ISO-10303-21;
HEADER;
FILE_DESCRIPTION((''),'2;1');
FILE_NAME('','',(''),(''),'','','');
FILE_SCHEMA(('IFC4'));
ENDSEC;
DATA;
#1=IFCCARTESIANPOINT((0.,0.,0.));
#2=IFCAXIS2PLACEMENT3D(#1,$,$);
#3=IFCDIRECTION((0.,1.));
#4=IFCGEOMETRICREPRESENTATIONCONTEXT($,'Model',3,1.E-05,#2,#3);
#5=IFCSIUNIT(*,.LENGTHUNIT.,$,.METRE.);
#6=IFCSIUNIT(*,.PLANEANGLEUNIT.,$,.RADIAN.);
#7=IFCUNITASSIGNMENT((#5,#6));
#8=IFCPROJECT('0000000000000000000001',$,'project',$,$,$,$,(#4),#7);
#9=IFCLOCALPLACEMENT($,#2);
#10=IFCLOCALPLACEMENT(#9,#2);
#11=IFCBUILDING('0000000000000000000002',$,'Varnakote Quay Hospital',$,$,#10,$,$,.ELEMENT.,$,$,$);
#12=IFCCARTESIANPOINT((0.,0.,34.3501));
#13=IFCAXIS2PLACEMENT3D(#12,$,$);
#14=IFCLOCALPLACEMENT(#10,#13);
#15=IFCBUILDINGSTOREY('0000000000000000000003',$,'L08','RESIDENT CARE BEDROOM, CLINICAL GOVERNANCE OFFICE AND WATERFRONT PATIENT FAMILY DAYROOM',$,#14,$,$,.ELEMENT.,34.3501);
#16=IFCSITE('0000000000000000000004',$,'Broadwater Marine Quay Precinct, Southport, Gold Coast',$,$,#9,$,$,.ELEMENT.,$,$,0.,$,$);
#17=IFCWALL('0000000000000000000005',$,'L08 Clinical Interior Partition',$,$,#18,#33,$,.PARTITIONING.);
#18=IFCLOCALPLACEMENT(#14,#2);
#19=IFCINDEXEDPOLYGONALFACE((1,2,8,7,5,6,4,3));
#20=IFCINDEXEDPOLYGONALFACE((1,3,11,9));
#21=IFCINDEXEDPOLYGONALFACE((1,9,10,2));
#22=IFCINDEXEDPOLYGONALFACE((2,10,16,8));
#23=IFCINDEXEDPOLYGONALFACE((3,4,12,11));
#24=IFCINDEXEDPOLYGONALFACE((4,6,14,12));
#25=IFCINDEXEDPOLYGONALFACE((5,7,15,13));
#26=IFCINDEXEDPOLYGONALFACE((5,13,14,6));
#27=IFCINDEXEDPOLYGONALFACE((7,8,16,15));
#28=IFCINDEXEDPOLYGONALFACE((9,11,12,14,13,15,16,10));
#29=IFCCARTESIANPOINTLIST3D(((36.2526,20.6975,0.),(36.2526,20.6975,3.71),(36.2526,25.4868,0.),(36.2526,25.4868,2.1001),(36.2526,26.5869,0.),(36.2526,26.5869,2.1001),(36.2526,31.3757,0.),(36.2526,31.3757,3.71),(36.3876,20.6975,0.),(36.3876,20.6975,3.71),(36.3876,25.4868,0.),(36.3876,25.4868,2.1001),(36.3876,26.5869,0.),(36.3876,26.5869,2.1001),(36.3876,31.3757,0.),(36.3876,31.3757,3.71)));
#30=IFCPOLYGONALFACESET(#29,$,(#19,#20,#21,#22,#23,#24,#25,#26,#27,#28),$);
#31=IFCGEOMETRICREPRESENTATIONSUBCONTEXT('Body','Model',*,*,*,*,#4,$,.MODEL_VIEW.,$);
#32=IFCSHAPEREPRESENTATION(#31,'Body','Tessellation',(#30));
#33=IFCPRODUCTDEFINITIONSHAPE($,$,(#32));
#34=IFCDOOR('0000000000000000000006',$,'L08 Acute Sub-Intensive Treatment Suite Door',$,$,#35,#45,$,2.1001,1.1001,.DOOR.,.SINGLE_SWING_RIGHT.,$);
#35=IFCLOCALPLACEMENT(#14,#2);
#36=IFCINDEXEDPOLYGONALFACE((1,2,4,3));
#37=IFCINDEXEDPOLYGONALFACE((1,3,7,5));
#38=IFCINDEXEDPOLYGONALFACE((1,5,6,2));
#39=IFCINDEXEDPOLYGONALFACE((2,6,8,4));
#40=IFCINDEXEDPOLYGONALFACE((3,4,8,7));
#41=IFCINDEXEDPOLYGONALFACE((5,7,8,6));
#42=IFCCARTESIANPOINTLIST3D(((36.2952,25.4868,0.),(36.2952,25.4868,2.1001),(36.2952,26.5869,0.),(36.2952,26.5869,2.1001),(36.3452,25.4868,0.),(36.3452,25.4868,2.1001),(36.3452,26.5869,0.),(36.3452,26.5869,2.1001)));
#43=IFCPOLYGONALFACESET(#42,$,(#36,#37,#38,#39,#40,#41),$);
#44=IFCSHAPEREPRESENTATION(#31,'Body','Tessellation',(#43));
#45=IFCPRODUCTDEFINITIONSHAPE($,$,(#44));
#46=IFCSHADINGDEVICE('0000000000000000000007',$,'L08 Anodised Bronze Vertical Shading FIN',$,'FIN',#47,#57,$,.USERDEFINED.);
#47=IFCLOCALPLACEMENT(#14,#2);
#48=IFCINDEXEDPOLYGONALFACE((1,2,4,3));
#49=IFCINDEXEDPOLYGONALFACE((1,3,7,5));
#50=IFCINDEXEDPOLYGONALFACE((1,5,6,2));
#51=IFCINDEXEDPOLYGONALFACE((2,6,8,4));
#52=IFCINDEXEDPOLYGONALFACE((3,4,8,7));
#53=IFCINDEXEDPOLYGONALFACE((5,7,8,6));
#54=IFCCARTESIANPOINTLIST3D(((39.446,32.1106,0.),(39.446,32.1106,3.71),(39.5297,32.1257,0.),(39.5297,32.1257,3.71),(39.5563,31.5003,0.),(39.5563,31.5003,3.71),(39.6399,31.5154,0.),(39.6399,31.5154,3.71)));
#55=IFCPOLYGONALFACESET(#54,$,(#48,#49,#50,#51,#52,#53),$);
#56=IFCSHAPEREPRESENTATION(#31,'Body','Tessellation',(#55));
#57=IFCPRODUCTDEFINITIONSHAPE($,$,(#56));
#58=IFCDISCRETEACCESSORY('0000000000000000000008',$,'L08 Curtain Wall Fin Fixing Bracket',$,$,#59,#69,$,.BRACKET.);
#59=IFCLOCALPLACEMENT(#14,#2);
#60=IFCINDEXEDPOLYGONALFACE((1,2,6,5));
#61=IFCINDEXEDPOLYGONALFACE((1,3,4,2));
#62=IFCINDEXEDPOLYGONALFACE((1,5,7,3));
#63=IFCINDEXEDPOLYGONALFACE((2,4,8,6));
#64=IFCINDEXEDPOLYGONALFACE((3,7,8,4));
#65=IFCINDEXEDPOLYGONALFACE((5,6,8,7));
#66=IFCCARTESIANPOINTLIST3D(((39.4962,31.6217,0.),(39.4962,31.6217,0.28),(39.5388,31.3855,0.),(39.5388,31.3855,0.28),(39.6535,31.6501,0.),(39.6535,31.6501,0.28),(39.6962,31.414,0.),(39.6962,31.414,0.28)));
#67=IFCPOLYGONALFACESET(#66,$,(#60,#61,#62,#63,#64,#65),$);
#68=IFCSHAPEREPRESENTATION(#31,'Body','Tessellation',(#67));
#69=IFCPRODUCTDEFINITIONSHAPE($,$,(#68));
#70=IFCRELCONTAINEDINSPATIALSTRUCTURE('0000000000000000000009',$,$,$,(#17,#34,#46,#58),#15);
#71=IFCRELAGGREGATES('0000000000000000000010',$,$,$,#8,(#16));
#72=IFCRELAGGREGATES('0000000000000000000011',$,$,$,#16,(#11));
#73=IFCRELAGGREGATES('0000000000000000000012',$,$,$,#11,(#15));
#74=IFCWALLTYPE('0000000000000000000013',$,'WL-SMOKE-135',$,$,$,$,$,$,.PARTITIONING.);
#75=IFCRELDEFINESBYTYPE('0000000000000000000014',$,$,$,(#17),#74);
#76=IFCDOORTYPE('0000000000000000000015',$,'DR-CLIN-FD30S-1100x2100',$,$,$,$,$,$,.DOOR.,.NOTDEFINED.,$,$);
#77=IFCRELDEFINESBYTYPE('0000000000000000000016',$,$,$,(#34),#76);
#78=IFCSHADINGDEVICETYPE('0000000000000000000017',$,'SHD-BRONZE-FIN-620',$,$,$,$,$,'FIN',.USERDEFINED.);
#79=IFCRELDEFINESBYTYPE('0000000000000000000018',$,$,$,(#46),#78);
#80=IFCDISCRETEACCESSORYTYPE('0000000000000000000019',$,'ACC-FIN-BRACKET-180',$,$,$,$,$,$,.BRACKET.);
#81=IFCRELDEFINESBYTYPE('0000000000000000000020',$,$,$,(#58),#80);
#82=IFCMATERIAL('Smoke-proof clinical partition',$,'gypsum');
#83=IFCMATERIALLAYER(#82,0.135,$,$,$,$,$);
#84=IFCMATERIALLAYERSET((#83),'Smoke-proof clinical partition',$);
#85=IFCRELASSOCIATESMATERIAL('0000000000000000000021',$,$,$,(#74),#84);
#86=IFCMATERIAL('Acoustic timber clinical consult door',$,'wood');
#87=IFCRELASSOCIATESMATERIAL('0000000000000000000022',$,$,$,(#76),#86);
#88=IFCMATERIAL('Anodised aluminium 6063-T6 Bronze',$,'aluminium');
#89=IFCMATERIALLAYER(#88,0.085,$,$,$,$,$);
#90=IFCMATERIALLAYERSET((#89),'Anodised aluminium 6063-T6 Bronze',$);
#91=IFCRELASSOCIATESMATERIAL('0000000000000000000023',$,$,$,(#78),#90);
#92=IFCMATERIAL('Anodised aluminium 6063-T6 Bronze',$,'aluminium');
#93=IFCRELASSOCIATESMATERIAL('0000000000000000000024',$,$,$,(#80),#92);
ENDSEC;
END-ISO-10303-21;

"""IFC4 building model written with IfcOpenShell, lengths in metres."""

from ifc_helpers import new_model, si_unit, direction, frame, frame_2d, origin, origin_2d, place, context, subcontext, project, spatial, rectangle, extrude, material, layer, layer_set, type_object, element, fill, save


model = new_model("IFC4")

# Units and contexts
model_context = context("Model", 3, precision=1e-05, world=origin(), true_north=direction((0.0, 1.0)))
body_context = subcontext(model_context, "Body", "Model", "MODEL_VIEW")
ifc_project = project(units=[si_unit("LENGTHUNIT", "METRE"), si_unit("PLANEANGLEUNIT", "RADIAN")], contexts=[model_context])

# Site, building, storey
site_placement = place(None, origin())
site = spatial("IfcSite", under=ifc_project, at=site_placement, Name="Broadwater Marine Quay Precinct, Southport, Gold Coast", CompositionType="ELEMENT", RefElevation=0.0)
building_placement = place(site_placement, origin())
building = spatial("IfcBuilding", under=site, at=building_placement, Name="Varnakote Quay Hospital", CompositionType="ELEMENT")
storey_placement = place(building_placement, frame((0.0, 0.0, 34.3501)))
storey = spatial("IfcBuildingStorey", under=building, at=storey_placement, Name="L08", Description="RESIDENT CARE BEDROOM, CLINICAL GOVERNANCE OFFICE AND WATERFRONT PATIENT FAMILY DAYROOM", CompositionType="ELEMENT", Elevation=34.3501)

# Shared definitions
ifc_material_1 = material(Name="Smoke-proof clinical partition", Category="gypsum")
ifc_layer_1 = layer(ifc_material_1, 0.135)
ifc_layer_set_1 = layer_set([ifc_layer_1], Name="Smoke-proof clinical partition")
wall_type_1 = type_object("IfcWallType", Name="WL-SMOKE-135", PredefinedType="PARTITIONING", material=ifc_layer_set_1)

# Wall, opening, door
wall_1_placement = place(storey_placement, frame((36.3201, 20.6975, 0.0), z_axis=(0.0, 0.0, 1.0), x_axis=(0.0, 1.0, 0.0)))
wall_1 = element("IfcWall", 1, at=wall_1_placement, inside=storey, type_object=wall_type_1, Name="L08 Clinical Interior Partition", PredefinedType="PARTITIONING", context=body_context, shape_type="SweptSolid", body=[
    extrude(rectangle(XDim=10.6782, YDim=0.135, at=frame_2d((5.3391, 0.0))), origin(), (0.0, 0.0, 1.0), 3.71),
])
opening_1_placement = place(wall_1_placement, frame((4.7893, 0.0, 0.0)))
opening_1 = element("IfcOpeningElement", 2, at=opening_1_placement, cuts=wall_1, PredefinedType="OPENING", context=body_context, shape_type="SweptSolid", body=[
    extrude(rectangle(XDim=1.1001, YDim=2.1001, at=frame_2d((0.55, 1.05))), frame((0.0, 0.0774, 0.0), z_axis=(0.0, -1.0, 0.0), x_axis=(1.0, 0.0, 0.0)), (0.0, 0.0, 1.0), 0.155),
])
ifc_material_2 = material(Name="Acoustic timber clinical consult door", Category="wood")
door_type = type_object("IfcDoorType", Name="DR-CLIN-FD30S-1100x2100", OperationType="NOTDEFINED", PredefinedType="DOOR", material=ifc_material_2)
door_placement = place(opening_1_placement, origin())
door = element("IfcDoor", 3, at=door_placement, inside=storey, type_object=door_type, Name="L08 Acute Sub-Intensive Treatment Suite Door", OperationType="SINGLE_SWING_RIGHT", OverallHeight=2.1001, OverallWidth=1.1001, PredefinedType="DOOR", context=body_context, shape_type="SweptSolid", body=[
    extrude(rectangle(XDim=1.1001, YDim=2.1001, at=frame_2d((0.55, 1.05))), frame((0.0, 0.0249, 0.0), z_axis=(0.0, -1.0, 0.0), x_axis=(1.0, 0.0, 0.0)), (0.0, 0.0, 1.0), 0.05),
])
fill(opening_1, door)

# Shading device
ifc_material_3 = material(Name="Anodised aluminium 6063-T6 Bronze", Category="aluminium")
ifc_layer_2 = layer(ifc_material_3, 0.085)
ifc_layer_set_2 = layer_set([ifc_layer_2], Name="Anodised aluminium 6063-T6 Bronze")
shading_device_type = type_object("IfcShadingDeviceType", Name="SHD-BRONZE-FIN-620", ElementType="FIN", PredefinedType="USERDEFINED", material=ifc_layer_set_2)
shading_device_placement = place(storey_placement, frame((39.543, 31.813, 0.0), z_axis=(0.0, 0.0, 1.0), x_axis=(0.177772, -0.984072, 0.0)))
element("IfcShadingDevice", 4, at=shading_device_placement, inside=storey, type_object=shading_device_type, Name="L08 Anodised Bronze Vertical Shading FIN", ObjectType="FIN", PredefinedType="USERDEFINED", context=body_context, shape_type="SweptSolid", body=[
    extrude(rectangle(XDim=0.6201, YDim=0.085, at=origin_2d()), origin(), (0.0, 0.0, 1.0), 3.71),
])

# Discrete accessory
ifc_material_4 = material(Name="Anodised aluminium 6063-T6 Bronze", Category="aluminium")
discrete_accessory_type = type_object("IfcDiscreteAccessoryType", Name="ACC-FIN-BRACKET-180", PredefinedType="BRACKET", material=ifc_material_4)
discrete_accessory_placement = place(storey_placement, frame((39.5962, 31.5178, 0.0), z_axis=(0.0, 0.0, 1.0), x_axis=(-0.984072, -0.177772, 0.0)))
element("IfcDiscreteAccessory", 5, at=discrete_accessory_placement, inside=storey, type_object=discrete_accessory_type, Name="L08 Curtain Wall Fin Fixing Bracket", PredefinedType="BRACKET", context=body_context, shape_type="SweptSolid", body=[
    extrude(rectangle(XDim=0.1599, YDim=0.24, at=origin_2d()), origin(), (0.0, 0.0, 1.0), 0.28),
])

save(model, "model.ifc")
